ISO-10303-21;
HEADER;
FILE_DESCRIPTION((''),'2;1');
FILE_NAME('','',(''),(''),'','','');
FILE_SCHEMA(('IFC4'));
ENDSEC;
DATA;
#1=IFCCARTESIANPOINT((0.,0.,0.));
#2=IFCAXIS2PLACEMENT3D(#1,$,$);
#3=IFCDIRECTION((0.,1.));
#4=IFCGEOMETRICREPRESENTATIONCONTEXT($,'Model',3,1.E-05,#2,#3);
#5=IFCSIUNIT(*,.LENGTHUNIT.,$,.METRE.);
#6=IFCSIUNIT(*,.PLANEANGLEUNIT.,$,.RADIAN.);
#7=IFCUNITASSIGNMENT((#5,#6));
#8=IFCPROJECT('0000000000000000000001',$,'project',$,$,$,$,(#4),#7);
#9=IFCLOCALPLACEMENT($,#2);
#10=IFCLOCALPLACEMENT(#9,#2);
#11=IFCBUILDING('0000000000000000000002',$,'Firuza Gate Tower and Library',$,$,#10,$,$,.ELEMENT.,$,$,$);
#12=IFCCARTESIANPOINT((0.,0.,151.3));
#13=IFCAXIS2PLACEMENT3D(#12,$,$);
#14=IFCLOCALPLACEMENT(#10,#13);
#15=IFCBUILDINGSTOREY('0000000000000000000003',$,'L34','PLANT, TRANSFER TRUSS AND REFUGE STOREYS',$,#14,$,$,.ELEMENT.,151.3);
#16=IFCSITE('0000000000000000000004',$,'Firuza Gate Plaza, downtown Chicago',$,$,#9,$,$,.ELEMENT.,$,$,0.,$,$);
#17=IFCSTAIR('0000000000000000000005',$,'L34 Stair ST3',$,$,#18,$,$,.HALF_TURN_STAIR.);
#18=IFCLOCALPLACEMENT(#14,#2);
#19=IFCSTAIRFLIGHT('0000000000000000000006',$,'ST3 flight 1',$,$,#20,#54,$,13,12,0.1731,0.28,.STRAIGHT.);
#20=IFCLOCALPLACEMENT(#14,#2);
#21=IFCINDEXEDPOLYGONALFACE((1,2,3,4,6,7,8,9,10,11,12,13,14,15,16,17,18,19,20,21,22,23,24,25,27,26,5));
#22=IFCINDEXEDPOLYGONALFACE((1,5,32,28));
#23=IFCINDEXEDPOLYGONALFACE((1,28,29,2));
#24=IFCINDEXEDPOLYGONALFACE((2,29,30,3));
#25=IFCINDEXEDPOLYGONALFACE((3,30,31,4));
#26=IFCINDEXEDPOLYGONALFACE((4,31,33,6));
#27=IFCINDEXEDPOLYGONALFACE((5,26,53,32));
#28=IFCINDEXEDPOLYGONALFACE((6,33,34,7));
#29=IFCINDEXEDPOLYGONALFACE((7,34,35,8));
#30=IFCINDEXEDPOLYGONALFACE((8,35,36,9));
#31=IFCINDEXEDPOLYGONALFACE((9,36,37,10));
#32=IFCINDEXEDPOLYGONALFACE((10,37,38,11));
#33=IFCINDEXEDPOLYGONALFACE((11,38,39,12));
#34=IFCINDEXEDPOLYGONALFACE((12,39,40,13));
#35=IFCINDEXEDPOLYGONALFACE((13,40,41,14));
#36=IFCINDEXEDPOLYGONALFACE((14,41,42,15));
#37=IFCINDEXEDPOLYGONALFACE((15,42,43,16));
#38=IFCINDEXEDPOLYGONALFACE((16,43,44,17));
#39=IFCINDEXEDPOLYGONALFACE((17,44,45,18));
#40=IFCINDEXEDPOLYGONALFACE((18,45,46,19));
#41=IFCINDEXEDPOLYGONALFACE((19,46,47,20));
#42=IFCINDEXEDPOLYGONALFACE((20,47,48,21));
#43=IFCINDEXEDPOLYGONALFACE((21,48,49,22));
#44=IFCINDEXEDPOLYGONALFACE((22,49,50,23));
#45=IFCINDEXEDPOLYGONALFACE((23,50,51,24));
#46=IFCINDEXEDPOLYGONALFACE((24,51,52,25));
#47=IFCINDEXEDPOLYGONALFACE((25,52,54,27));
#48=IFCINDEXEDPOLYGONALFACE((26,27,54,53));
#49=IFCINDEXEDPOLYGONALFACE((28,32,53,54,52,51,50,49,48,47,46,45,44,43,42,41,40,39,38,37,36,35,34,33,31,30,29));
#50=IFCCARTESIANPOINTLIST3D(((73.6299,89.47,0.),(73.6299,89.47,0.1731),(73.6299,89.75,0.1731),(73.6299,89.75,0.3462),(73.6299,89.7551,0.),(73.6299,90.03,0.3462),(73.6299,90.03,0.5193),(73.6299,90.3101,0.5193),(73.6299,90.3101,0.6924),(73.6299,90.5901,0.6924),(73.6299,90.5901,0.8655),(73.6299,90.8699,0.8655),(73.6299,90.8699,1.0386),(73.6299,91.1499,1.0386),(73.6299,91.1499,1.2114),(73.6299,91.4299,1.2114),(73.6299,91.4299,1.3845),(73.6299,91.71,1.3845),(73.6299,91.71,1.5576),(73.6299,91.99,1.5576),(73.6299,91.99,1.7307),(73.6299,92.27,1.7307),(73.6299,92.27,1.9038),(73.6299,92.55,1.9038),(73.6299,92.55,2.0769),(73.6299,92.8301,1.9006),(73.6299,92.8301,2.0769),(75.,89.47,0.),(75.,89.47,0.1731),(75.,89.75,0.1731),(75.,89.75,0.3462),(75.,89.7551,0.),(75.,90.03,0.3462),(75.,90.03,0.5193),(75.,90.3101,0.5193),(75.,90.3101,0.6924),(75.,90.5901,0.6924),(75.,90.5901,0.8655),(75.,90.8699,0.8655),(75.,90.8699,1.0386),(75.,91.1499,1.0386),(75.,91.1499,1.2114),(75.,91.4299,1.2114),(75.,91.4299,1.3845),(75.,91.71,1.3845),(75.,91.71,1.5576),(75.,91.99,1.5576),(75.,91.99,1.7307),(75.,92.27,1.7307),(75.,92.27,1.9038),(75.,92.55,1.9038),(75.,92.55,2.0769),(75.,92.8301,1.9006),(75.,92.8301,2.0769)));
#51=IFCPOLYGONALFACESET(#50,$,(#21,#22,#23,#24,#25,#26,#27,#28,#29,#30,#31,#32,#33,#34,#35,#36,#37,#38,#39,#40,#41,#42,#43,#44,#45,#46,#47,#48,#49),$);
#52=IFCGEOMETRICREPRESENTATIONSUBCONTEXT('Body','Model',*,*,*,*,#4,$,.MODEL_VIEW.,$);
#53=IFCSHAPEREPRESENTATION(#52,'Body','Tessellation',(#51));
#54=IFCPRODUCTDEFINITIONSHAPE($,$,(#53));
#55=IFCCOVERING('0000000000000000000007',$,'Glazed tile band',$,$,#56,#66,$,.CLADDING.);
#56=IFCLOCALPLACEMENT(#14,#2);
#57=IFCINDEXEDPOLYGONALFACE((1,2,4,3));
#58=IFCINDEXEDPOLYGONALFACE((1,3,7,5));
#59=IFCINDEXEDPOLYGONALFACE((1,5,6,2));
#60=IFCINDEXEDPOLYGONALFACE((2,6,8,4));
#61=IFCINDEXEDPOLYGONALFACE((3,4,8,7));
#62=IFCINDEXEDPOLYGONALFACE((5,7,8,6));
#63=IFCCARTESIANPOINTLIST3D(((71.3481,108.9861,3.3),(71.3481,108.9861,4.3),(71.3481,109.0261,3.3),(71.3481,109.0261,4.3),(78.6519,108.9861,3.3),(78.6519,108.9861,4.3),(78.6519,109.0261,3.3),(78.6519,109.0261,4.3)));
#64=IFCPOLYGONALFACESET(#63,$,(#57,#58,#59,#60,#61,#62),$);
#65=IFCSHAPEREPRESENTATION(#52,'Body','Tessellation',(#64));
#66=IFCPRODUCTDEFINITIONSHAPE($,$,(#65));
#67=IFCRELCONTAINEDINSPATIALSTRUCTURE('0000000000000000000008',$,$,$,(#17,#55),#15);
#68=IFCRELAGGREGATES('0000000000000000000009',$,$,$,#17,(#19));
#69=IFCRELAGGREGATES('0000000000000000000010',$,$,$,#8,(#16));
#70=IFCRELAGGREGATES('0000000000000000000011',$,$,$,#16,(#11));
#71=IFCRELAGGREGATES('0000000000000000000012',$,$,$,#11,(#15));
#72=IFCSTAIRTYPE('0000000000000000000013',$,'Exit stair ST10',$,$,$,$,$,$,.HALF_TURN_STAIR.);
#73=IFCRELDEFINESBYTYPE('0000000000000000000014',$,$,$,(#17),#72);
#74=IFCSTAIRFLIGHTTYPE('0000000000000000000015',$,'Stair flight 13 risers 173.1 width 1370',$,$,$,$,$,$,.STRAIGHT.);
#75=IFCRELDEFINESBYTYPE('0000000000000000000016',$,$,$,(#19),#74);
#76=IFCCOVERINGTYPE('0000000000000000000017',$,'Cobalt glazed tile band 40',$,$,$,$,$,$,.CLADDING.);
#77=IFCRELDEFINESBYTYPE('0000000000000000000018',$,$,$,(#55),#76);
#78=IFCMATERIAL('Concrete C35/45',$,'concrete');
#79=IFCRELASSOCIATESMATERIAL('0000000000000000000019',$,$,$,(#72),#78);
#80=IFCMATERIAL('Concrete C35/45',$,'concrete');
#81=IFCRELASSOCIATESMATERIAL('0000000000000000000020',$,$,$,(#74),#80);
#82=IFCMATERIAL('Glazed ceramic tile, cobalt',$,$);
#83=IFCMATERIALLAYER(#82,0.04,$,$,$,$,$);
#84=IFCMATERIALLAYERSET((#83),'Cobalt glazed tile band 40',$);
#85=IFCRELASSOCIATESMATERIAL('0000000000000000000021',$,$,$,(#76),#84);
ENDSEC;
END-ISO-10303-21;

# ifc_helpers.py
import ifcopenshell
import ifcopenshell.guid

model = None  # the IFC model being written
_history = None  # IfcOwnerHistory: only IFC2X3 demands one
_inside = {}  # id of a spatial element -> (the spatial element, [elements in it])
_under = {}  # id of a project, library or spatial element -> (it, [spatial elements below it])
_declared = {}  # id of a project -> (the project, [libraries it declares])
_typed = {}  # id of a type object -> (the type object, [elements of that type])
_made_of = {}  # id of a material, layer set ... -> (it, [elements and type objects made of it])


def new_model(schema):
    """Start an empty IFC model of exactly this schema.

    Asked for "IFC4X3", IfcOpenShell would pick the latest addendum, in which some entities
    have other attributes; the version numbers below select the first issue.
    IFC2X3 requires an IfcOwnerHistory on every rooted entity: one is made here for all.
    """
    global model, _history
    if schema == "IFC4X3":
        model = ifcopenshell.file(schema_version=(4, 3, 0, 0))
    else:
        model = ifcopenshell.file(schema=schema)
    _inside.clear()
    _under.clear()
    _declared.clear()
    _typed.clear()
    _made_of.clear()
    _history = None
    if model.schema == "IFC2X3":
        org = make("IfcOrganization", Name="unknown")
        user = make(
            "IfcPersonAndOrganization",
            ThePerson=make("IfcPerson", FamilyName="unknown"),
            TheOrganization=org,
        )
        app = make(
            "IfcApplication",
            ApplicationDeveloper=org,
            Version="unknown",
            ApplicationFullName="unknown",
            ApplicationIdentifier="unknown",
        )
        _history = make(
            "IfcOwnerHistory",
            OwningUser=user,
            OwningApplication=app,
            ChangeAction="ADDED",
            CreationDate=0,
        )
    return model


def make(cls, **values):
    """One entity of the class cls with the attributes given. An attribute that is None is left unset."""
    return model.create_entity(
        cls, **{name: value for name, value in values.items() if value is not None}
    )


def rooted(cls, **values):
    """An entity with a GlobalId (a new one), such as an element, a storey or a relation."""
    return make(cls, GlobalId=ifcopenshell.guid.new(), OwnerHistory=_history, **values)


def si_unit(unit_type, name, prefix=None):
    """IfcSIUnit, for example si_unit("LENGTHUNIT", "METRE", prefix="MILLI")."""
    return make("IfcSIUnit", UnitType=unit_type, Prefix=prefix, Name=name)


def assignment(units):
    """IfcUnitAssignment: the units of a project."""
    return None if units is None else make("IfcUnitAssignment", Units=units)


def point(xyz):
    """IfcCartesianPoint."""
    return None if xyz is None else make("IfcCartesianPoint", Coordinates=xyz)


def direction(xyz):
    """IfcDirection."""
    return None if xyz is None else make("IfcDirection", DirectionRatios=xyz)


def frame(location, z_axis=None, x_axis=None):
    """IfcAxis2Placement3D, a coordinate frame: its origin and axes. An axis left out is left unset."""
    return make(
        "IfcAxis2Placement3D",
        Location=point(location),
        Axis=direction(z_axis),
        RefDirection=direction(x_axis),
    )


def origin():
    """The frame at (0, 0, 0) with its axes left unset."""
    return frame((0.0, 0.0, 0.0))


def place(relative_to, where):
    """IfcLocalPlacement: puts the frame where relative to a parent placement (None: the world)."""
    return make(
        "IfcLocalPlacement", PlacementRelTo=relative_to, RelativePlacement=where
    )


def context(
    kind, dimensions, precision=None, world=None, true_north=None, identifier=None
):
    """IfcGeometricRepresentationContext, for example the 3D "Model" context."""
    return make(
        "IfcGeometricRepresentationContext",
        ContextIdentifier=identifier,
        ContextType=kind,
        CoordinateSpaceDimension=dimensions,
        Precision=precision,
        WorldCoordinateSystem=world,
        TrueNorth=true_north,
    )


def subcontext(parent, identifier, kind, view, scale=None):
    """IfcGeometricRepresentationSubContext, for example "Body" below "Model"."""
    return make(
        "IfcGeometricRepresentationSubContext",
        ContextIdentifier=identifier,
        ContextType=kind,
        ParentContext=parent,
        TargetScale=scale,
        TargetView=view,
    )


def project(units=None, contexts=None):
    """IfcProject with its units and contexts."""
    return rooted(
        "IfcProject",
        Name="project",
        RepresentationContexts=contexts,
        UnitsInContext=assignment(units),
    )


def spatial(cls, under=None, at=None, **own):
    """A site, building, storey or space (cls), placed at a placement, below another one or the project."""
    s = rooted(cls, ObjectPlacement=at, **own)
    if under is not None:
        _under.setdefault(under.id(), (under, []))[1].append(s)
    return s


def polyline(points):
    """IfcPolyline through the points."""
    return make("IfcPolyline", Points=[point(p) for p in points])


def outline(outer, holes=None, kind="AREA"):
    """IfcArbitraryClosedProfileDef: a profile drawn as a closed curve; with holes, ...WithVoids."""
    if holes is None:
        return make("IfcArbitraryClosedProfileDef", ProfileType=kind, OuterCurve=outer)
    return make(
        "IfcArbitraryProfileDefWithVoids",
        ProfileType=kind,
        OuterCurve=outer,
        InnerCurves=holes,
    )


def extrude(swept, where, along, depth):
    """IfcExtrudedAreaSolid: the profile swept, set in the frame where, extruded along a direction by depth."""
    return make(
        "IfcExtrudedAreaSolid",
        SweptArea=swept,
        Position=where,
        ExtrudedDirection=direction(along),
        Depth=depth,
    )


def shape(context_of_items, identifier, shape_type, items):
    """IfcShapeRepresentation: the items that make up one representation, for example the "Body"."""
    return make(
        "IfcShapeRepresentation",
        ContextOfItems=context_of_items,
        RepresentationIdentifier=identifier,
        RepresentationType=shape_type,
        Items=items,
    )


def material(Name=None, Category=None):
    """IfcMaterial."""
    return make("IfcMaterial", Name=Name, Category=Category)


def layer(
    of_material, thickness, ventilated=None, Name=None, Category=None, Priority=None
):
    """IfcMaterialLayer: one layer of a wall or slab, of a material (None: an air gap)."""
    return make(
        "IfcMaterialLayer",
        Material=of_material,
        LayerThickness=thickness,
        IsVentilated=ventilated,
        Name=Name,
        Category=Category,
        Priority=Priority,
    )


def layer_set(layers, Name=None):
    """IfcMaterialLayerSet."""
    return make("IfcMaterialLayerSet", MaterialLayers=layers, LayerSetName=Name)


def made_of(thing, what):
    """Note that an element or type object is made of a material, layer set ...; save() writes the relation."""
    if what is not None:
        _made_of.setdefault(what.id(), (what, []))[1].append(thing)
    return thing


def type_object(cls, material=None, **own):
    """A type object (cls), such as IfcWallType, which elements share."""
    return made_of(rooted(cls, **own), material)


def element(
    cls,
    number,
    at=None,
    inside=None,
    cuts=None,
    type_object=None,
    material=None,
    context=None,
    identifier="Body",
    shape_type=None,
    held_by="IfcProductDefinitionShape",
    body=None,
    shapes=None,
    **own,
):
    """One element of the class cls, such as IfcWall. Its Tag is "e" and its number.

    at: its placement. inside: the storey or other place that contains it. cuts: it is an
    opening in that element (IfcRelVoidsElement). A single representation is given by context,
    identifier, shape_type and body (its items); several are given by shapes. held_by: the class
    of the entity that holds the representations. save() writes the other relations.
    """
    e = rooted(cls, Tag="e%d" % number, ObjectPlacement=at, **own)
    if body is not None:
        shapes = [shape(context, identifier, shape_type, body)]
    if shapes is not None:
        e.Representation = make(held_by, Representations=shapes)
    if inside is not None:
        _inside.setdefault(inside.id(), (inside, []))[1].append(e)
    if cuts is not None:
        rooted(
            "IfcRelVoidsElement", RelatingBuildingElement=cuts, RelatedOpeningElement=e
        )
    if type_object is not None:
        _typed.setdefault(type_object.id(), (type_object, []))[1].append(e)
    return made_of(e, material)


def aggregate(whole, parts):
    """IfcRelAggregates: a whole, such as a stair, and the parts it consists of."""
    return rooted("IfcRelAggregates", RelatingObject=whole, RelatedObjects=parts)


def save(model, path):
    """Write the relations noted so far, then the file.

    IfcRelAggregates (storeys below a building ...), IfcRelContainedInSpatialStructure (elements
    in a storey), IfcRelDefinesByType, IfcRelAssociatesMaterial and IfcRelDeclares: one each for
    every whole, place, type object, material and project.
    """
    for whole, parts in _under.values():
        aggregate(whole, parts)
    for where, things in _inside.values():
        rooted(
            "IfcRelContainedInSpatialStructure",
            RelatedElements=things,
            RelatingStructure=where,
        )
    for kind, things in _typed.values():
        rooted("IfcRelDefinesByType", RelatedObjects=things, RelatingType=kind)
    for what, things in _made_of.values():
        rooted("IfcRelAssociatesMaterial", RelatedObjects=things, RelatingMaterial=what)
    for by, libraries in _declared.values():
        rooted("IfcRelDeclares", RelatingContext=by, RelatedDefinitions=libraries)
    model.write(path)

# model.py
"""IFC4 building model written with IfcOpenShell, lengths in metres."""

from ifc_helpers import new_model, si_unit, direction, frame, origin, place, context, subcontext, project, spatial, polyline, outline, extrude, material, layer, layer_set, type_object, element, aggregate, save


model = new_model("IFC4")

# Units and contexts
model_context = context("Model", 3, precision=1e-05, world=origin(), true_north=direction((0.0, 1.0)))
body_context = subcontext(model_context, "Body", "Model", "MODEL_VIEW")
ifc_project = project(units=[si_unit("LENGTHUNIT", "METRE"), si_unit("PLANEANGLEUNIT", "RADIAN")], contexts=[model_context])

# Site, building, storey
site_placement = place(None, origin())
site = spatial("IfcSite", under=ifc_project, at=site_placement, Name="Firuza Gate Plaza, downtown Chicago", CompositionType="ELEMENT", RefElevation=0.0)
building_placement = place(site_placement, origin())
building = spatial("IfcBuilding", under=site, at=building_placement, Name="Firuza Gate Tower and Library", CompositionType="ELEMENT")
storey_placement = place(building_placement, frame((0.0, 0.0, 151.3)))
storey = spatial("IfcBuildingStorey", under=building, at=storey_placement, Name="L34", Description="PLANT, TRANSFER TRUSS AND REFUGE STOREYS", CompositionType="ELEMENT", Elevation=151.3)

# Stair, stair flight
ifc_material_1 = material(Name="Concrete C35/45", Category="concrete")
stair_type = type_object("IfcStairType", Name="Exit stair ST10", PredefinedType="HALF_TURN_STAIR", material=ifc_material_1)
stair_placement = place(storey_placement, origin())
stair = element("IfcStair", 1, at=stair_placement, inside=storey, type_object=stair_type, Name="L34 Stair ST3", PredefinedType="HALF_TURN_STAIR")
ifc_material_2 = material(Name="Concrete C35/45", Category="concrete")
stair_flight_type = type_object("IfcStairFlightType", Name="Stair flight 13 risers 173.1 width 1370", PredefinedType="STRAIGHT", material=ifc_material_2)
stair_flight_placement = place(storey_placement, frame((74.3149, 89.47, 0.0), z_axis=(0.0, 0.0, 1.0), x_axis=(0.0, 1.0, 0.0)))
stair_flight = element("IfcStairFlight", 2, at=stair_flight_placement, type_object=stair_flight_type, Name="ST3 flight 1", NumberOfRisers=13, NumberOfTreads=12, PredefinedType="STRAIGHT", RiserHeight=0.1731, TreadLength=0.28, context=body_context, shape_type="SweptSolid", body=[
    extrude(outline(polyline([(0.0, 0.0), (0.0, 0.1731), (0.28, 0.1731), (0.28, 0.3462), (0.5601, 0.3462), (0.5601, 0.5193), (0.8401, 0.5193), (0.8401, 0.6924), (1.1201, 0.6924), (1.1201, 0.8655), (1.3999, 0.8655), (1.3999, 1.0386), (1.6799, 1.0386), (1.6799, 1.2114), (1.96, 1.2114), (1.96, 1.3845), (2.24, 1.3845), (2.24, 1.5576), (2.52, 1.5576), (2.52, 1.7307), (2.8, 1.7307), (2.8, 1.9038), (3.0801, 1.9038), (3.0801, 2.0769), (3.3601, 2.0769), (3.3601, 2.25), (3.3601, 1.9006), (0.2852, 0.0), (0.0, 0.0)])), frame((0.0, 0.6851, 0.0), z_axis=(0.0, -1.0, 0.0), x_axis=(1.0, 0.0, 0.0)), (0.0, 0.0, 1.0), 1.3701),
])
aggregate(stair, [stair_flight])

# Covering
ifc_material_3 = material(Name="Glazed ceramic tile, cobalt")
ifc_layer_1 = layer(ifc_material_3, 0.04)
ifc_layer_set_1 = layer_set([ifc_layer_1], Name="Cobalt glazed tile band 40")
covering_type = type_object("IfcCoveringType", Name="Cobalt glazed tile band 40", PredefinedType="CLADDING", material=ifc_layer_set_1)
covering_placement = place(storey_placement, frame((78.6519, 109.0261, 3.3), z_axis=(0.0, 1.0, 0.0), x_axis=(-1.0, 0.0, 0.0)))
element("IfcCovering", 3, at=covering_placement, inside=storey, type_object=covering_type, Name="Glazed tile band", PredefinedType="CLADDING", context=body_context, shape_type="SweptSolid", body=[
    extrude(outline(polyline([(0.0, 0.0), (7.3037, 0.0), (7.3037, 1.0), (0.0, 1.0), (0.0, 0.0)])), origin(), (0.0, 0.0, -1.0), 0.04),
])

save(model, "model.ifc")
